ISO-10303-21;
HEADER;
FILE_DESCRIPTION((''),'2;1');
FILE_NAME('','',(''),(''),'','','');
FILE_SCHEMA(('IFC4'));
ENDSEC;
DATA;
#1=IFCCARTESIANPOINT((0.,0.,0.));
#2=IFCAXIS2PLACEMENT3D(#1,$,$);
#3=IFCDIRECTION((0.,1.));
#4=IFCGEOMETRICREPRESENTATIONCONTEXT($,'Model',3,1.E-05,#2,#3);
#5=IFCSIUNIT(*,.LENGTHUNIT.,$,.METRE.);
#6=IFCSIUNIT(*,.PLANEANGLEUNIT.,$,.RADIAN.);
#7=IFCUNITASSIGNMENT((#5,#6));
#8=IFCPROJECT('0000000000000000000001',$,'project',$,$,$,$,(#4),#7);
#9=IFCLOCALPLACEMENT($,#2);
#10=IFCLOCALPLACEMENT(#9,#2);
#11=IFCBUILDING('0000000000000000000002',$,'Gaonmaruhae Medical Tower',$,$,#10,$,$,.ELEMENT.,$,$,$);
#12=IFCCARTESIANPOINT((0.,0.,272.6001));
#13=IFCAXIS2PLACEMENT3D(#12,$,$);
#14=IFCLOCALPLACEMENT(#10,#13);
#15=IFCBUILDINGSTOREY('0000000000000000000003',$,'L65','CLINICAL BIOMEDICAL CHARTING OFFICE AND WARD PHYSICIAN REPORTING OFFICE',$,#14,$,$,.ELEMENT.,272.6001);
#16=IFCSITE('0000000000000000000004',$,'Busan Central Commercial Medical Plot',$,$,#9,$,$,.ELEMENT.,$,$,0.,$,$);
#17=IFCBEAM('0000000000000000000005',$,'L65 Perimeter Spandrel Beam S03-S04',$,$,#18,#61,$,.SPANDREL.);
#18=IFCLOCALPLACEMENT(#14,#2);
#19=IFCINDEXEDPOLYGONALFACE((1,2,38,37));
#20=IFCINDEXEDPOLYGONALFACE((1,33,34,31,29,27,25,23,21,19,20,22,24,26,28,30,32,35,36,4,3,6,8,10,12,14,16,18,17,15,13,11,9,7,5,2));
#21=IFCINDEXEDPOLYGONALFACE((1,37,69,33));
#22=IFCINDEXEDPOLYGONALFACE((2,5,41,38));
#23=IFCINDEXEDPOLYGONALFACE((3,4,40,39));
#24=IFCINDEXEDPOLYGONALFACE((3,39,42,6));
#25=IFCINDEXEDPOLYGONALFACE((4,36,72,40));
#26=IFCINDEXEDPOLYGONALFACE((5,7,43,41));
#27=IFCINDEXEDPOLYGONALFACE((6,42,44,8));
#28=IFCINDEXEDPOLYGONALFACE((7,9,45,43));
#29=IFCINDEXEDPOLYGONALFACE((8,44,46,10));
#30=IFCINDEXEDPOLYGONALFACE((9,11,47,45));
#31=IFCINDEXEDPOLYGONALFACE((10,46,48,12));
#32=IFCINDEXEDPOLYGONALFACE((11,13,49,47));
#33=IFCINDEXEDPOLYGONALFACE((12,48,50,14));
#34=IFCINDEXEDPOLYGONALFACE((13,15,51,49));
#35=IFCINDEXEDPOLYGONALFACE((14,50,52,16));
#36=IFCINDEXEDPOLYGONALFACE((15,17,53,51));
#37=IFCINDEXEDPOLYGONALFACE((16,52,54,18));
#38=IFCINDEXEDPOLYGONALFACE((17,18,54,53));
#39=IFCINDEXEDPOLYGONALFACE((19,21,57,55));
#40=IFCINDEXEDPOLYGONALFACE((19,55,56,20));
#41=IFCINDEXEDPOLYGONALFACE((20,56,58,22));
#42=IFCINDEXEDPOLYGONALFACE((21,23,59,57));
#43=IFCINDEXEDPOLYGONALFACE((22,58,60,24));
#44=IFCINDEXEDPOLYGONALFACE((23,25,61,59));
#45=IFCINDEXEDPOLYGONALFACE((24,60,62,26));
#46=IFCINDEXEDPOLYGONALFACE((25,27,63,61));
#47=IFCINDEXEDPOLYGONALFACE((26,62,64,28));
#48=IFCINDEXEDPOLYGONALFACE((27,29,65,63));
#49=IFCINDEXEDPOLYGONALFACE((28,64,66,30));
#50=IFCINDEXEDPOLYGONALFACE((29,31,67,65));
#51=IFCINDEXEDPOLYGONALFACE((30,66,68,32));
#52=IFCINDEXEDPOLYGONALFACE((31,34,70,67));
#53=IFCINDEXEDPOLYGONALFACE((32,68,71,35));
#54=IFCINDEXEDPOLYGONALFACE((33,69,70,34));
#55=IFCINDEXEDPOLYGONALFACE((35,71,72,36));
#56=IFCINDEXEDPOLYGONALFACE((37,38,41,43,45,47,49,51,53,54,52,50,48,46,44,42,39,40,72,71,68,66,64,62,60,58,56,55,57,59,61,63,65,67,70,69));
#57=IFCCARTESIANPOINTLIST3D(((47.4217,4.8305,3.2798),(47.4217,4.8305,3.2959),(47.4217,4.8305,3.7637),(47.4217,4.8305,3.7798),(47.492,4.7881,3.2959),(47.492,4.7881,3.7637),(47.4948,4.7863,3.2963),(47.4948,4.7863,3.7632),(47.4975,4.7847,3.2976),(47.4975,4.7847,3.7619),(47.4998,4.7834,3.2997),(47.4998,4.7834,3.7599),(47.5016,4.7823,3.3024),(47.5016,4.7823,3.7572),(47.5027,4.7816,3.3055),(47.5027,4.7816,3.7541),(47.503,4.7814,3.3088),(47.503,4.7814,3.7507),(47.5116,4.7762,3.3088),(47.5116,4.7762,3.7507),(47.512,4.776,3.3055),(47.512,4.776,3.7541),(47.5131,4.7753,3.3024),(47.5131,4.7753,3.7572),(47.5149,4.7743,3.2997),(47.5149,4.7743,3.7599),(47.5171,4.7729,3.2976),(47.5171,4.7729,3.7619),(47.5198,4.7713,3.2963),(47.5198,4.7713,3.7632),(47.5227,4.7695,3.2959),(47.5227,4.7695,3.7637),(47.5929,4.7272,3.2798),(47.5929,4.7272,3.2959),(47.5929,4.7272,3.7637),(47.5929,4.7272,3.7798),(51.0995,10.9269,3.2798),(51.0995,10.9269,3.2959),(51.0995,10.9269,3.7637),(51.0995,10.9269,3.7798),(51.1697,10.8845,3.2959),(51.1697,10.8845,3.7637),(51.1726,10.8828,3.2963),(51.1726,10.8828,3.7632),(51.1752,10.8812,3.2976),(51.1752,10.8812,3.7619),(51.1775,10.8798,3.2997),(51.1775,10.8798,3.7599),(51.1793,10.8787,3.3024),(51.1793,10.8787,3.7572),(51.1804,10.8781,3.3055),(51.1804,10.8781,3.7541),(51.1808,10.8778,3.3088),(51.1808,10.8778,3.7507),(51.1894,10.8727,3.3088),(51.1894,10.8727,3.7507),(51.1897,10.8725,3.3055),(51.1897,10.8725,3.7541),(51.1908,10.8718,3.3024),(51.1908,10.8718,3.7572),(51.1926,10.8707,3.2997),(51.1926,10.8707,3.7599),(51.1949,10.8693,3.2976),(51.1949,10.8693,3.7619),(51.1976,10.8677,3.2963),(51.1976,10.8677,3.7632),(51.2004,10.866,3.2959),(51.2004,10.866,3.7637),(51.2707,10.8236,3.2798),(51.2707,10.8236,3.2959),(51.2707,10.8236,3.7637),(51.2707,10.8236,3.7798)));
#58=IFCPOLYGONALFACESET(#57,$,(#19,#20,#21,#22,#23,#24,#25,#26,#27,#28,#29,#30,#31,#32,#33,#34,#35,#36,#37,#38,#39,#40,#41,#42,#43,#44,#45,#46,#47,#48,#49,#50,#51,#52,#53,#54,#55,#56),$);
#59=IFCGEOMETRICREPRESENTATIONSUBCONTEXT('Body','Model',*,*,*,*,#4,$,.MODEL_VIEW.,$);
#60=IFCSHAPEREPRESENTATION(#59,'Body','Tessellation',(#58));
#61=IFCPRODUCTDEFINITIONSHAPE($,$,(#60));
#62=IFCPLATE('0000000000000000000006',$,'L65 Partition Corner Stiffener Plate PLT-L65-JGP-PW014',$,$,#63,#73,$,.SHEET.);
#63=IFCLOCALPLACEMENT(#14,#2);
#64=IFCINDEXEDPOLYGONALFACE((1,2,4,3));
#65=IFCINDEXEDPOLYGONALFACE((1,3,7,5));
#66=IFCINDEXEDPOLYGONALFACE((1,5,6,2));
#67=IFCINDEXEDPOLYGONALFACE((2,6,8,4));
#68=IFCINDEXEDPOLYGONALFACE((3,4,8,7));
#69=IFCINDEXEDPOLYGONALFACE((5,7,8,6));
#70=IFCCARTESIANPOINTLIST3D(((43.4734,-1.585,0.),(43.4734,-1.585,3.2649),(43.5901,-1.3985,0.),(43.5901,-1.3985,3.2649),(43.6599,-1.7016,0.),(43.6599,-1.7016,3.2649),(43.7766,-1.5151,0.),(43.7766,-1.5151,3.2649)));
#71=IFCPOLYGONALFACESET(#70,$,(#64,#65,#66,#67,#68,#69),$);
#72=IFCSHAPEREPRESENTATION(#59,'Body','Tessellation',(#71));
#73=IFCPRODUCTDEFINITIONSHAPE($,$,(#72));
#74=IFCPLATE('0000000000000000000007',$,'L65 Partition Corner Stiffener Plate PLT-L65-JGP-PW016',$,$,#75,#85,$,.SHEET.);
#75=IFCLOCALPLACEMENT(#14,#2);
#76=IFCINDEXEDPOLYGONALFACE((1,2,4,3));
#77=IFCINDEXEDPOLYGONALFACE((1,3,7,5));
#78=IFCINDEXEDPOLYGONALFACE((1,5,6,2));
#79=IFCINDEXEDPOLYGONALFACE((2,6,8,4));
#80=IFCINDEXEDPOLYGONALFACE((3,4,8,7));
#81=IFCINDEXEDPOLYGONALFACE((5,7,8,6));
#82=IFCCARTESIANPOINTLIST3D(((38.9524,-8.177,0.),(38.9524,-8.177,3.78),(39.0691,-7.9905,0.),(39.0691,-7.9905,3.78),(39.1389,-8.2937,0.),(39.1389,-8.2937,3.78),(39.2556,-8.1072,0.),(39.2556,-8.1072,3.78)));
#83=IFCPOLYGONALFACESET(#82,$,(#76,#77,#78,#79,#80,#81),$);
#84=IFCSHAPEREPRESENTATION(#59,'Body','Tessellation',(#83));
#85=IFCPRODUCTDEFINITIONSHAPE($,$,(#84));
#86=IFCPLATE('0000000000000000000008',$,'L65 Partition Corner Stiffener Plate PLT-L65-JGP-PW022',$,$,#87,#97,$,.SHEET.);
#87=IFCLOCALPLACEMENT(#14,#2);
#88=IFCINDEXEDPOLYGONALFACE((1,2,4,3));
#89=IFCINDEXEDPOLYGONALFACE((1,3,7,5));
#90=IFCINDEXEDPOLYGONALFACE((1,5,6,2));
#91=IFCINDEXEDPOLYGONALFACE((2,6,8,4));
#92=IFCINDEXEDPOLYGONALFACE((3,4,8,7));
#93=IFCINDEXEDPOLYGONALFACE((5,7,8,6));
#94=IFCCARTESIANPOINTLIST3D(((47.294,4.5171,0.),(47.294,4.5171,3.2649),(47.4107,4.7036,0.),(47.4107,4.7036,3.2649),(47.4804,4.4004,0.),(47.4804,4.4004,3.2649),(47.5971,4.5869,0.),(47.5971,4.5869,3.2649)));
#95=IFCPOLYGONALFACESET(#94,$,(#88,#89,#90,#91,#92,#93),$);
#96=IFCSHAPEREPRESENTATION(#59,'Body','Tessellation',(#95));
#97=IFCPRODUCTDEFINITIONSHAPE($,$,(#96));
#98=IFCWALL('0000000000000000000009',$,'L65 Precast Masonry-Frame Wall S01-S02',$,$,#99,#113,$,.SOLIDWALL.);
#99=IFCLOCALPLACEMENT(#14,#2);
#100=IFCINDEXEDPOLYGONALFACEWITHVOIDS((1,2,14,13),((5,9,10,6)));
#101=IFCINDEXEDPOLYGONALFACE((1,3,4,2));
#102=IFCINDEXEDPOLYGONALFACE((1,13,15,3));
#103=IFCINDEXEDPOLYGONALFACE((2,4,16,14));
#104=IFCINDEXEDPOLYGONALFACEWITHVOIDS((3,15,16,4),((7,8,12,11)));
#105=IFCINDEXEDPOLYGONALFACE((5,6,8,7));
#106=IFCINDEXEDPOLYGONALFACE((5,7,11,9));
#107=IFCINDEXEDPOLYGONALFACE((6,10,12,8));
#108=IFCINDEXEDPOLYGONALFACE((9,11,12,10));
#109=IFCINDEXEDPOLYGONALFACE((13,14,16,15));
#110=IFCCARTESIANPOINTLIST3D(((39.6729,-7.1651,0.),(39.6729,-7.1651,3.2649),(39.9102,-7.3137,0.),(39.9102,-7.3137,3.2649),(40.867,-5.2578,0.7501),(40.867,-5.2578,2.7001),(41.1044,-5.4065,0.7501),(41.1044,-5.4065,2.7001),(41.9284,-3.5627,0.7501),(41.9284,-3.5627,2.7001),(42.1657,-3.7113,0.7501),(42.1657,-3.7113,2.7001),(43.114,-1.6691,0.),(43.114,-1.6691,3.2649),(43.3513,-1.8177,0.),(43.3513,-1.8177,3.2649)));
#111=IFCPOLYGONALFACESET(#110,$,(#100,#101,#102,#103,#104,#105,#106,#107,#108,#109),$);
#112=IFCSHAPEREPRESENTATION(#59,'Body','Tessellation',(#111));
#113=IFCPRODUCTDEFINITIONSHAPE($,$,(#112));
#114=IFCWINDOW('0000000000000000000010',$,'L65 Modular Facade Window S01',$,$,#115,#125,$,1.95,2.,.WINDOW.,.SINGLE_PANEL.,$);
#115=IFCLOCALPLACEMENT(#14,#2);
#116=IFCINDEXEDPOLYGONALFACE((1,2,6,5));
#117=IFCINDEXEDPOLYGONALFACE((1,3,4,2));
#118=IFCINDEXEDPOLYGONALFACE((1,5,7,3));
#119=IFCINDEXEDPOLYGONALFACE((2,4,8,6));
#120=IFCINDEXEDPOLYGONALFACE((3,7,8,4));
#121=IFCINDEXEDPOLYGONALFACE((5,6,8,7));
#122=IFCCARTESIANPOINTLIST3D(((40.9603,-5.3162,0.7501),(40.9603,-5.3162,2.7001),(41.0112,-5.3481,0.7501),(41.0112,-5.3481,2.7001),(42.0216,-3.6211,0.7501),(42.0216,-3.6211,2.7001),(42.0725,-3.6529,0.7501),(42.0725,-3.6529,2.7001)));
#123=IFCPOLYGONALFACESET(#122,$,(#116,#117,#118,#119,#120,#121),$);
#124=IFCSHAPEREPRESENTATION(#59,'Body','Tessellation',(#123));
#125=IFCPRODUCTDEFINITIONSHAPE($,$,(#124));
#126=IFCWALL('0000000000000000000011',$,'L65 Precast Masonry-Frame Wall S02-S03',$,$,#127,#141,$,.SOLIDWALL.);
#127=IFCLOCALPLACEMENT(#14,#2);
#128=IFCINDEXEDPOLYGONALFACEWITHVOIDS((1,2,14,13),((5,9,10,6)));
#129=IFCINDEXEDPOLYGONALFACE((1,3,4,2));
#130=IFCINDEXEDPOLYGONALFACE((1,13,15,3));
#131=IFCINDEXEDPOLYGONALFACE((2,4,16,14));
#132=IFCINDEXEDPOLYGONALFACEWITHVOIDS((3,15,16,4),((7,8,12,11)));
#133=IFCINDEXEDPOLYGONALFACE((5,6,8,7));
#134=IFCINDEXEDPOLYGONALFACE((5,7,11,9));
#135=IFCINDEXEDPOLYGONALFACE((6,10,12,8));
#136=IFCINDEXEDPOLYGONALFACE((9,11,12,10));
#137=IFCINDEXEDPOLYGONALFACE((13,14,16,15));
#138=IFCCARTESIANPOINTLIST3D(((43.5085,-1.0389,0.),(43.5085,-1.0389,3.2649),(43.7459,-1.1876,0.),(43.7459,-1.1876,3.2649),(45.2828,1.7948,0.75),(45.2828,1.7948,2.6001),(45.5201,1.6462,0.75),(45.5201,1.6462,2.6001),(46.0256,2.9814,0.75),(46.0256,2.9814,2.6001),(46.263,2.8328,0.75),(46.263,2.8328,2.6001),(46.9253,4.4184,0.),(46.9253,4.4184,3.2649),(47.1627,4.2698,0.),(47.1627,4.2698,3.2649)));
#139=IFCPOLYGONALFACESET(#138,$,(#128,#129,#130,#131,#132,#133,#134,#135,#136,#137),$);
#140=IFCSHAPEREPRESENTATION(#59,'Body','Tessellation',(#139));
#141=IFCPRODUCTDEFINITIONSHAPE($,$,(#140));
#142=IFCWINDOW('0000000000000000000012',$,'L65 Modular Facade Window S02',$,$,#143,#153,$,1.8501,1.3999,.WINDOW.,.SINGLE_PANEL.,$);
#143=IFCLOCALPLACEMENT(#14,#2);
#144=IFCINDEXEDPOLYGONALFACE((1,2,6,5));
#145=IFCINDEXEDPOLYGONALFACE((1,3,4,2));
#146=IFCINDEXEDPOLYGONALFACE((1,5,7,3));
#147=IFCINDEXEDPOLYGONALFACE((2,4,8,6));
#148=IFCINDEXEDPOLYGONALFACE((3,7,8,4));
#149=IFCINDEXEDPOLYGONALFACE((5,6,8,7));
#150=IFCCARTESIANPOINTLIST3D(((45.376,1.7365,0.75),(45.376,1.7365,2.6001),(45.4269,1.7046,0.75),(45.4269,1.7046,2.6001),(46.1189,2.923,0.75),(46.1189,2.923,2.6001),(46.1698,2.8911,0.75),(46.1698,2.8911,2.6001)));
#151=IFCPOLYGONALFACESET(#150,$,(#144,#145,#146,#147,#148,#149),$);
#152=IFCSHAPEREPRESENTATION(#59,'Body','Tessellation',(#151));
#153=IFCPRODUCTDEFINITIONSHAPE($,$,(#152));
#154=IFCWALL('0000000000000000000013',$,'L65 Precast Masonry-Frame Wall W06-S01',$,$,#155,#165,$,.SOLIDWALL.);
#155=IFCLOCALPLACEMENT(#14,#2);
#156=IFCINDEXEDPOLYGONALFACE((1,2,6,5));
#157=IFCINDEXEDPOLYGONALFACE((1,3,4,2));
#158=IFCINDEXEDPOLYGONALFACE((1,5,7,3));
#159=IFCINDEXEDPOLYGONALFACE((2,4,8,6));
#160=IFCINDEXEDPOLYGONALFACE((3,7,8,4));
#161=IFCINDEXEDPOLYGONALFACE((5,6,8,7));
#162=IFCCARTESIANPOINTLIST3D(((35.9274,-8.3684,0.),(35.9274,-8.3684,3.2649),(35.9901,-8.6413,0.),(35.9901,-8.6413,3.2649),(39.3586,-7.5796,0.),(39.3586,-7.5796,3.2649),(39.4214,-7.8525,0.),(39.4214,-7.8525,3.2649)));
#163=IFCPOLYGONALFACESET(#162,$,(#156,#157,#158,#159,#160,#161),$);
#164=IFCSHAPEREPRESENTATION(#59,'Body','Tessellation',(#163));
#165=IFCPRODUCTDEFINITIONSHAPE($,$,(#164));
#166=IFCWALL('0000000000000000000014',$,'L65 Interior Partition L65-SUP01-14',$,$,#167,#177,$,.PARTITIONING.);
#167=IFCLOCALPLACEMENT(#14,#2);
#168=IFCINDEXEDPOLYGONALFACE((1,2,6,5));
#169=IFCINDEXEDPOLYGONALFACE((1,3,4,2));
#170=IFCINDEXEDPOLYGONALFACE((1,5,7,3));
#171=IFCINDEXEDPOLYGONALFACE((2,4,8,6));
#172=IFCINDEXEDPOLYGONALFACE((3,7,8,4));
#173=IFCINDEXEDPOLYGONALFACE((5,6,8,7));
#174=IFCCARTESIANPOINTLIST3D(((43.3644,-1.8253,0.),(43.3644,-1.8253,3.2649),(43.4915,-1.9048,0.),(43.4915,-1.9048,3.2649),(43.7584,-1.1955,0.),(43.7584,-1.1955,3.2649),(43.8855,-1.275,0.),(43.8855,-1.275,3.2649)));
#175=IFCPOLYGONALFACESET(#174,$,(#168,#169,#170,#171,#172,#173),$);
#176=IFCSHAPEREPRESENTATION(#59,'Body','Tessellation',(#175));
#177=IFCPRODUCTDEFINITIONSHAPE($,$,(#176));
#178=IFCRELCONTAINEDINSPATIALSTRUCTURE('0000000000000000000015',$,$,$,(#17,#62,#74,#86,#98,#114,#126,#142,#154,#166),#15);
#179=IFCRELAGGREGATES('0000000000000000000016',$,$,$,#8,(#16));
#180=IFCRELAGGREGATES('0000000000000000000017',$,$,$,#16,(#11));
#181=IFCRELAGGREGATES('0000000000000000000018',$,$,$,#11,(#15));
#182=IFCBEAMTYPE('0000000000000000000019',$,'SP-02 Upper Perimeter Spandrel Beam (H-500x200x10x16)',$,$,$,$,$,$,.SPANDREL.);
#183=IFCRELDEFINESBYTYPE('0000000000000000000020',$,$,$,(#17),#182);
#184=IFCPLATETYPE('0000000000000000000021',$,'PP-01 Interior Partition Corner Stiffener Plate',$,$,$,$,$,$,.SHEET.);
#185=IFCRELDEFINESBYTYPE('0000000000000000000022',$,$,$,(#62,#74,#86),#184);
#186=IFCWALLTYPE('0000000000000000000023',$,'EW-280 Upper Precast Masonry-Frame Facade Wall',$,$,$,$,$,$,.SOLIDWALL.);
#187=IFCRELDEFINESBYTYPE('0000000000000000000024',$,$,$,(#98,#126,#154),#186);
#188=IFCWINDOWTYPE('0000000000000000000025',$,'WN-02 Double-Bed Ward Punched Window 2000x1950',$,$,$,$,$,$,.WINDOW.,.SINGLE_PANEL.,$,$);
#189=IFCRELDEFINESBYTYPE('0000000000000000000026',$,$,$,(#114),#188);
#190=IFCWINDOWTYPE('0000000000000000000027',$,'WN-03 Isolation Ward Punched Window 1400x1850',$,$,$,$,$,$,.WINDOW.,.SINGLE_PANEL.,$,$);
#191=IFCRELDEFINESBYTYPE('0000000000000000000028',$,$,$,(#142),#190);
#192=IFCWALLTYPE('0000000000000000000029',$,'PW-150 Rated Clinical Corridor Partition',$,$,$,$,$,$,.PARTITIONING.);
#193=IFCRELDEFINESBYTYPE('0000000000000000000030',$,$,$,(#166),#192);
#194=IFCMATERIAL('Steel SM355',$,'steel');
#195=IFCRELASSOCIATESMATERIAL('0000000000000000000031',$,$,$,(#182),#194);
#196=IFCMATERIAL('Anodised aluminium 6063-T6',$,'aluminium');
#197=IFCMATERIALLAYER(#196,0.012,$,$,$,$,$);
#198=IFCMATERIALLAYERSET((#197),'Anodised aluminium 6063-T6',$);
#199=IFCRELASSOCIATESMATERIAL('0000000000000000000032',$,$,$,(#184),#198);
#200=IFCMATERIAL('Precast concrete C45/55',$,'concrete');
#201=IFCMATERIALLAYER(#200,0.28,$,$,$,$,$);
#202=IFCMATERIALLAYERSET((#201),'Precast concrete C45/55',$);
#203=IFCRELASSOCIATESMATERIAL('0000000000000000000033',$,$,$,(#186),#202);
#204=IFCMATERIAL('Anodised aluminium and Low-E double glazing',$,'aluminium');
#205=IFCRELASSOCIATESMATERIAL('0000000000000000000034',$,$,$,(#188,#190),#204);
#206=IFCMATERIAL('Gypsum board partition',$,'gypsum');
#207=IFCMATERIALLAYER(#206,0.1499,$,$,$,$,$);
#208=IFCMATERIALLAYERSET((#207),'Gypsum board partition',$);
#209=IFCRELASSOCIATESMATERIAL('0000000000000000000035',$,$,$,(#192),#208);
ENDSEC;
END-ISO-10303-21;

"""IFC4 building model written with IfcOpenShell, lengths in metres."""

from ifc_helpers import new_model, si_unit, direction, frame, frame_2d, origin, origin_2d, place, context, subcontext, project, spatial, rectangle, i_section, extrude, material, layer, layer_set, material_profile, profile_set, type_object, element, fill, save


model = new_model("IFC4")

# Units and contexts
model_context = context("Model", 3, precision=1e-05, world=origin(), true_north=direction((0.0, 1.0)))
body_context = subcontext(model_context, "Body", "Model", "MODEL_VIEW")
ifc_project = project(units=[si_unit("LENGTHUNIT", "METRE"), si_unit("PLANEANGLEUNIT", "RADIAN")], contexts=[model_context])

# Site, building, storey
site_placement = place(None, origin())
site = spatial("IfcSite", under=ifc_project, at=site_placement, Name="Busan Central Commercial Medical Plot", CompositionType="ELEMENT", RefElevation=0.0)
building_placement = place(site_placement, origin())
building = spatial("IfcBuilding", under=site, at=building_placement, Name="Gaonmaruhae Medical Tower", CompositionType="ELEMENT")
storey_placement = place(building_placement, frame((0.0, 0.0, 272.6001)))
storey = spatial("IfcBuildingStorey", under=building, at=storey_placement, Name="L65", Description="CLINICAL BIOMEDICAL CHARTING OFFICE AND WARD PHYSICIAN REPORTING OFFICE", CompositionType="ELEMENT", Elevation=272.6001)

# Beam
ifc_material_1 = material(Name="Steel SM355", Category="steel")
ifc_material_profile_1 = material_profile(ifc_material_1, i_section(OverallWidth=0.2, OverallDepth=0.5, WebThickness=0.01, FlangeThickness=0.0161, FilletRadius=0.0129, at=origin_2d()), Name="H-500x200x10x16")
ifc_profile_set_1 = profile_set([ifc_material_profile_1], Name="Steel SM355")
beam_type_1 = type_object("IfcBeamType", Name="SP-02 Upper Perimeter Spandrel Beam (H-500x200x10x16)", PredefinedType="SPANDREL", material=ifc_profile_set_1)
beam_1_placement = place(storey_placement, frame((47.5073, 4.7788, 3.5298), z_axis=(0.516547, 0.856259, 0.0), x_axis=(-0.856259, 0.516547, 0.0)))
element("IfcBeam", 1, at=beam_1_placement, inside=storey, type_object=beam_type_1, Name="L65 Perimeter Spandrel Beam S03-S04", PredefinedType="SPANDREL", context=body_context, shape_type="SweptSolid", body=[
    extrude(i_section(OverallWidth=0.2, OverallDepth=0.5, WebThickness=0.01, FlangeThickness=0.0161, FilletRadius=0.0129, at=origin_2d()), origin(), (0.0, 0.0, 1.0), 7.1199),
])

# Plates
ifc_material_2 = material(Name="Anodised aluminium 6063-T6", Category="aluminium")
ifc_layer_1 = layer(ifc_material_2, 0.012)
ifc_layer_set_1 = layer_set([ifc_layer_1], Name="Anodised aluminium 6063-T6")
plate_type = type_object("IfcPlateType", Name="PP-01 Interior Partition Corner Stiffener Plate", PredefinedType="SHEET", material=ifc_layer_set_1)
plate_1_placement = place(storey_placement, frame((43.625, -1.55, 0.0), z_axis=(0.0, 0.0, 1.0), x_axis=(-0.530245, -0.847845, 0.0)))
element("IfcPlate", 2, at=plate_1_placement, inside=storey, type_object=plate_type, Name="L65 Partition Corner Stiffener Plate PLT-L65-JGP-PW014", PredefinedType="SHEET", context=body_context, shape_type="SweptSolid", body=[
    extrude(rectangle(XDim=0.22, YDim=0.22, at=origin_2d()), origin(), (0.0, 0.0, 1.0), 3.2649),
])
plate_2_placement = place(storey_placement, frame((39.104, -8.1421, 0.0), z_axis=(0.0, 0.0, 1.0), x_axis=(-0.847826, 0.530274, 0.0)))
element("IfcPlate", 3, at=plate_2_placement, inside=storey, type_object=plate_type, Name="L65 Partition Corner Stiffener Plate PLT-L65-JGP-PW016", PredefinedType="SHEET", context=body_context, shape_type="SweptSolid", body=[
    extrude(rectangle(XDim=0.22, YDim=0.22, at=origin_2d()), origin(), (0.0, 0.0, 1.0), 3.78),
])
plate_3_placement = place(storey_placement, frame((47.4456, 4.552, 0.0), z_axis=(0.0, 0.0, 1.0), x_axis=(-0.530467, -0.847706, 0.0)))
element("IfcPlate", 4, at=plate_3_placement, inside=storey, type_object=plate_type, Name="L65 Partition Corner Stiffener Plate PLT-L65-JGP-PW022", PredefinedType="SHEET", context=body_context, shape_type="SweptSolid", body=[
    extrude(rectangle(XDim=0.22, YDim=0.22, at=origin_2d()), origin(), (0.0, 0.0, 1.0), 3.2649),
])

# Walls, openings, windows
ifc_material_3 = material(Name="Precast concrete C45/55", Category="concrete")
ifc_layer_2 = layer(ifc_material_3, 0.28)
ifc_layer_set_2 = layer_set([ifc_layer_2], Name="Precast concrete C45/55")
wall_type_1 = type_object("IfcWallType", Name="EW-280 Upper Precast Masonry-Frame Facade Wall", PredefinedType="SOLIDWALL", material=ifc_layer_set_2)
wall_1_placement = place(storey_placement, frame((43.2327, -1.7434, 0.0), z_axis=(0.0, 0.0, 1.0), x_axis=(-0.530676, -0.847575, 0.0)))
wall_1 = element("IfcWall", 5, at=wall_1_placement, inside=storey, type_object=wall_type_1, Name="L65 Precast Masonry-Frame Wall S01-S02", PredefinedType="SOLIDWALL", context=body_context, shape_type="SweptSolid", body=[
    extrude(rectangle(XDim=6.4844, YDim=0.28, at=frame_2d((3.2422, 0.0))), origin(), (0.0, 0.0, 1.0), 3.2649),
])
opening_1_placement = place(wall_1_placement, frame((2.2341, 0.0, 0.75)))
opening_1 = element("IfcOpeningElement", 6, at=opening_1_placement, cuts=wall_1, PredefinedType="OPENING", context=body_context, shape_type="SweptSolid", body=[
    extrude(rectangle(XDim=2.0, YDim=1.95, at=frame_2d((1.0, 0.9751))), frame((0.0, 0.1499, 0.0), z_axis=(0.0, -1.0, 0.0), x_axis=(1.0, 0.0, 0.0)), (0.0, 0.0, 1.0), 0.3),
])
ifc_material_4 = material(Name="Anodised aluminium and Low-E double glazing", Category="aluminium")
window_type_1 = type_object("IfcWindowType", Name="WN-02 Double-Bed Ward Punched Window 2000x1950", PartitioningType="SINGLE_PANEL", PredefinedType="WINDOW", material=ifc_material_4)
window_1_placement = place(opening_1_placement, origin())
window_1 = element("IfcWindow", 7, at=window_1_placement, inside=storey, type_object=window_type_1, Name="L65 Modular Facade Window S01", OverallHeight=1.95, OverallWidth=2.0, PartitioningType="SINGLE_PANEL", PredefinedType="WINDOW", context=body_context, shape_type="SweptSolid", body=[
    extrude(rectangle(XDim=2.0, YDim=1.95, at=frame_2d((1.0, 0.9751))), frame((0.0, 0.03, 0.0), z_axis=(0.0, -1.0, 0.0), x_axis=(1.0, 0.0, 0.0)), (0.0, 0.0, 1.0), 0.0601),
])
fill(opening_1, window_1)
wall_2_placement = place(storey_placement, frame((47.0439, 4.344, 0.0), z_axis=(0.0, 0.0, 1.0), x_axis=(-0.530663, -0.847583, 0.0)))
wall_2 = element("IfcWall", 8, at=wall_2_placement, inside=storey, type_object=wall_type_1, Name="L65 Precast Masonry-Frame Wall S02-S03", PredefinedType="SOLIDWALL", context=body_context, shape_type="SweptSolid", body=[
    extrude(rectangle(XDim=6.4387, YDim=0.28, at=frame_2d((3.2192, 0.0))), origin(), (0.0, 0.0, 1.0), 3.2649),
])
opening_2_placement = place(wall_2_placement, frame((1.6953, 0.0, 0.75)))
opening_2 = element("IfcOpeningElement", 9, at=opening_2_placement, cuts=wall_2, PredefinedType="OPENING", context=body_context, shape_type="SweptSolid", body=[
    extrude(rectangle(XDim=1.3999, YDim=1.8501, at=frame_2d((0.7, 0.925))), frame((0.0, 0.1499, 0.0), z_axis=(0.0, -1.0, 0.0), x_axis=(1.0, 0.0, 0.0)), (0.0, 0.0, 1.0), 0.3),
])
window_type_2 = type_object("IfcWindowType", Name="WN-03 Isolation Ward Punched Window 1400x1850", PartitioningType="SINGLE_PANEL", PredefinedType="WINDOW", material=ifc_material_4)
window_2_placement = place(opening_2_placement, origin())
window_2 = element("IfcWindow", 10, at=window_2_placement, inside=storey, type_object=window_type_2, Name="L65 Modular Facade Window S02", OverallHeight=1.8501, OverallWidth=1.3999, PartitioningType="SINGLE_PANEL", PredefinedType="WINDOW", context=body_context, shape_type="SweptSolid", body=[
    extrude(rectangle(XDim=1.3999, YDim=1.8501, at=frame_2d((0.7, 0.925))), frame((0.0, 0.03, 0.0), z_axis=(0.0, -1.0, 0.0), x_axis=(1.0, 0.0, 0.0)), (0.0, 0.0, 1.0), 0.0601),
])
fill(opening_2, window_2)

# Walls
wall_3_placement = place(storey_placement, frame((39.3899, -7.7161, 0.0), z_axis=(0.0, 0.0, 1.0), x_axis=(-0.974577, -0.224054, 0.0)))
element("IfcWall", 11, at=wall_3_placement, inside=storey, type_object=wall_type_1, Name="L65 Precast Masonry-Frame Wall W06-S01", PredefinedType="SOLIDWALL", context=body_context, shape_type="SweptSolid", body=[
    extrude(rectangle(XDim=3.5208, YDim=0.28, at=frame_2d((1.7603, 0.0))), origin(), (0.0, 0.0, 1.0), 3.2649),
])
ifc_material_5 = material(Name="Gypsum board partition", Category="gypsum")
ifc_layer_3 = layer(ifc_material_5, 0.1499)
ifc_layer_set_3 = layer_set([ifc_layer_3], Name="Gypsum board partition")
wall_type_2 = type_object("IfcWallType", Name="PW-150 Rated Clinical Corridor Partition", PredefinedType="PARTITIONING", material=ifc_layer_set_3)
wall_4_placement = place(storey_placement, frame((43.822, -1.2351, 0.0), z_axis=(0.0, 0.0, 1.0), x_axis=(-0.530353, -0.847777, 0.0)))
element("IfcWall", 12, at=wall_4_placement, inside=storey, type_object=wall_type_2, Name="L65 Interior Partition L65-SUP01-14", PredefinedType="PARTITIONING", context=body_context, shape_type="SweptSolid", body=[
    extrude(rectangle(XDim=0.7429, YDim=0.1499, at=frame_2d((0.3716, 0.0))), origin(), (0.0, 0.0, 1.0), 3.2649),
])

save(model, "model.ifc")
